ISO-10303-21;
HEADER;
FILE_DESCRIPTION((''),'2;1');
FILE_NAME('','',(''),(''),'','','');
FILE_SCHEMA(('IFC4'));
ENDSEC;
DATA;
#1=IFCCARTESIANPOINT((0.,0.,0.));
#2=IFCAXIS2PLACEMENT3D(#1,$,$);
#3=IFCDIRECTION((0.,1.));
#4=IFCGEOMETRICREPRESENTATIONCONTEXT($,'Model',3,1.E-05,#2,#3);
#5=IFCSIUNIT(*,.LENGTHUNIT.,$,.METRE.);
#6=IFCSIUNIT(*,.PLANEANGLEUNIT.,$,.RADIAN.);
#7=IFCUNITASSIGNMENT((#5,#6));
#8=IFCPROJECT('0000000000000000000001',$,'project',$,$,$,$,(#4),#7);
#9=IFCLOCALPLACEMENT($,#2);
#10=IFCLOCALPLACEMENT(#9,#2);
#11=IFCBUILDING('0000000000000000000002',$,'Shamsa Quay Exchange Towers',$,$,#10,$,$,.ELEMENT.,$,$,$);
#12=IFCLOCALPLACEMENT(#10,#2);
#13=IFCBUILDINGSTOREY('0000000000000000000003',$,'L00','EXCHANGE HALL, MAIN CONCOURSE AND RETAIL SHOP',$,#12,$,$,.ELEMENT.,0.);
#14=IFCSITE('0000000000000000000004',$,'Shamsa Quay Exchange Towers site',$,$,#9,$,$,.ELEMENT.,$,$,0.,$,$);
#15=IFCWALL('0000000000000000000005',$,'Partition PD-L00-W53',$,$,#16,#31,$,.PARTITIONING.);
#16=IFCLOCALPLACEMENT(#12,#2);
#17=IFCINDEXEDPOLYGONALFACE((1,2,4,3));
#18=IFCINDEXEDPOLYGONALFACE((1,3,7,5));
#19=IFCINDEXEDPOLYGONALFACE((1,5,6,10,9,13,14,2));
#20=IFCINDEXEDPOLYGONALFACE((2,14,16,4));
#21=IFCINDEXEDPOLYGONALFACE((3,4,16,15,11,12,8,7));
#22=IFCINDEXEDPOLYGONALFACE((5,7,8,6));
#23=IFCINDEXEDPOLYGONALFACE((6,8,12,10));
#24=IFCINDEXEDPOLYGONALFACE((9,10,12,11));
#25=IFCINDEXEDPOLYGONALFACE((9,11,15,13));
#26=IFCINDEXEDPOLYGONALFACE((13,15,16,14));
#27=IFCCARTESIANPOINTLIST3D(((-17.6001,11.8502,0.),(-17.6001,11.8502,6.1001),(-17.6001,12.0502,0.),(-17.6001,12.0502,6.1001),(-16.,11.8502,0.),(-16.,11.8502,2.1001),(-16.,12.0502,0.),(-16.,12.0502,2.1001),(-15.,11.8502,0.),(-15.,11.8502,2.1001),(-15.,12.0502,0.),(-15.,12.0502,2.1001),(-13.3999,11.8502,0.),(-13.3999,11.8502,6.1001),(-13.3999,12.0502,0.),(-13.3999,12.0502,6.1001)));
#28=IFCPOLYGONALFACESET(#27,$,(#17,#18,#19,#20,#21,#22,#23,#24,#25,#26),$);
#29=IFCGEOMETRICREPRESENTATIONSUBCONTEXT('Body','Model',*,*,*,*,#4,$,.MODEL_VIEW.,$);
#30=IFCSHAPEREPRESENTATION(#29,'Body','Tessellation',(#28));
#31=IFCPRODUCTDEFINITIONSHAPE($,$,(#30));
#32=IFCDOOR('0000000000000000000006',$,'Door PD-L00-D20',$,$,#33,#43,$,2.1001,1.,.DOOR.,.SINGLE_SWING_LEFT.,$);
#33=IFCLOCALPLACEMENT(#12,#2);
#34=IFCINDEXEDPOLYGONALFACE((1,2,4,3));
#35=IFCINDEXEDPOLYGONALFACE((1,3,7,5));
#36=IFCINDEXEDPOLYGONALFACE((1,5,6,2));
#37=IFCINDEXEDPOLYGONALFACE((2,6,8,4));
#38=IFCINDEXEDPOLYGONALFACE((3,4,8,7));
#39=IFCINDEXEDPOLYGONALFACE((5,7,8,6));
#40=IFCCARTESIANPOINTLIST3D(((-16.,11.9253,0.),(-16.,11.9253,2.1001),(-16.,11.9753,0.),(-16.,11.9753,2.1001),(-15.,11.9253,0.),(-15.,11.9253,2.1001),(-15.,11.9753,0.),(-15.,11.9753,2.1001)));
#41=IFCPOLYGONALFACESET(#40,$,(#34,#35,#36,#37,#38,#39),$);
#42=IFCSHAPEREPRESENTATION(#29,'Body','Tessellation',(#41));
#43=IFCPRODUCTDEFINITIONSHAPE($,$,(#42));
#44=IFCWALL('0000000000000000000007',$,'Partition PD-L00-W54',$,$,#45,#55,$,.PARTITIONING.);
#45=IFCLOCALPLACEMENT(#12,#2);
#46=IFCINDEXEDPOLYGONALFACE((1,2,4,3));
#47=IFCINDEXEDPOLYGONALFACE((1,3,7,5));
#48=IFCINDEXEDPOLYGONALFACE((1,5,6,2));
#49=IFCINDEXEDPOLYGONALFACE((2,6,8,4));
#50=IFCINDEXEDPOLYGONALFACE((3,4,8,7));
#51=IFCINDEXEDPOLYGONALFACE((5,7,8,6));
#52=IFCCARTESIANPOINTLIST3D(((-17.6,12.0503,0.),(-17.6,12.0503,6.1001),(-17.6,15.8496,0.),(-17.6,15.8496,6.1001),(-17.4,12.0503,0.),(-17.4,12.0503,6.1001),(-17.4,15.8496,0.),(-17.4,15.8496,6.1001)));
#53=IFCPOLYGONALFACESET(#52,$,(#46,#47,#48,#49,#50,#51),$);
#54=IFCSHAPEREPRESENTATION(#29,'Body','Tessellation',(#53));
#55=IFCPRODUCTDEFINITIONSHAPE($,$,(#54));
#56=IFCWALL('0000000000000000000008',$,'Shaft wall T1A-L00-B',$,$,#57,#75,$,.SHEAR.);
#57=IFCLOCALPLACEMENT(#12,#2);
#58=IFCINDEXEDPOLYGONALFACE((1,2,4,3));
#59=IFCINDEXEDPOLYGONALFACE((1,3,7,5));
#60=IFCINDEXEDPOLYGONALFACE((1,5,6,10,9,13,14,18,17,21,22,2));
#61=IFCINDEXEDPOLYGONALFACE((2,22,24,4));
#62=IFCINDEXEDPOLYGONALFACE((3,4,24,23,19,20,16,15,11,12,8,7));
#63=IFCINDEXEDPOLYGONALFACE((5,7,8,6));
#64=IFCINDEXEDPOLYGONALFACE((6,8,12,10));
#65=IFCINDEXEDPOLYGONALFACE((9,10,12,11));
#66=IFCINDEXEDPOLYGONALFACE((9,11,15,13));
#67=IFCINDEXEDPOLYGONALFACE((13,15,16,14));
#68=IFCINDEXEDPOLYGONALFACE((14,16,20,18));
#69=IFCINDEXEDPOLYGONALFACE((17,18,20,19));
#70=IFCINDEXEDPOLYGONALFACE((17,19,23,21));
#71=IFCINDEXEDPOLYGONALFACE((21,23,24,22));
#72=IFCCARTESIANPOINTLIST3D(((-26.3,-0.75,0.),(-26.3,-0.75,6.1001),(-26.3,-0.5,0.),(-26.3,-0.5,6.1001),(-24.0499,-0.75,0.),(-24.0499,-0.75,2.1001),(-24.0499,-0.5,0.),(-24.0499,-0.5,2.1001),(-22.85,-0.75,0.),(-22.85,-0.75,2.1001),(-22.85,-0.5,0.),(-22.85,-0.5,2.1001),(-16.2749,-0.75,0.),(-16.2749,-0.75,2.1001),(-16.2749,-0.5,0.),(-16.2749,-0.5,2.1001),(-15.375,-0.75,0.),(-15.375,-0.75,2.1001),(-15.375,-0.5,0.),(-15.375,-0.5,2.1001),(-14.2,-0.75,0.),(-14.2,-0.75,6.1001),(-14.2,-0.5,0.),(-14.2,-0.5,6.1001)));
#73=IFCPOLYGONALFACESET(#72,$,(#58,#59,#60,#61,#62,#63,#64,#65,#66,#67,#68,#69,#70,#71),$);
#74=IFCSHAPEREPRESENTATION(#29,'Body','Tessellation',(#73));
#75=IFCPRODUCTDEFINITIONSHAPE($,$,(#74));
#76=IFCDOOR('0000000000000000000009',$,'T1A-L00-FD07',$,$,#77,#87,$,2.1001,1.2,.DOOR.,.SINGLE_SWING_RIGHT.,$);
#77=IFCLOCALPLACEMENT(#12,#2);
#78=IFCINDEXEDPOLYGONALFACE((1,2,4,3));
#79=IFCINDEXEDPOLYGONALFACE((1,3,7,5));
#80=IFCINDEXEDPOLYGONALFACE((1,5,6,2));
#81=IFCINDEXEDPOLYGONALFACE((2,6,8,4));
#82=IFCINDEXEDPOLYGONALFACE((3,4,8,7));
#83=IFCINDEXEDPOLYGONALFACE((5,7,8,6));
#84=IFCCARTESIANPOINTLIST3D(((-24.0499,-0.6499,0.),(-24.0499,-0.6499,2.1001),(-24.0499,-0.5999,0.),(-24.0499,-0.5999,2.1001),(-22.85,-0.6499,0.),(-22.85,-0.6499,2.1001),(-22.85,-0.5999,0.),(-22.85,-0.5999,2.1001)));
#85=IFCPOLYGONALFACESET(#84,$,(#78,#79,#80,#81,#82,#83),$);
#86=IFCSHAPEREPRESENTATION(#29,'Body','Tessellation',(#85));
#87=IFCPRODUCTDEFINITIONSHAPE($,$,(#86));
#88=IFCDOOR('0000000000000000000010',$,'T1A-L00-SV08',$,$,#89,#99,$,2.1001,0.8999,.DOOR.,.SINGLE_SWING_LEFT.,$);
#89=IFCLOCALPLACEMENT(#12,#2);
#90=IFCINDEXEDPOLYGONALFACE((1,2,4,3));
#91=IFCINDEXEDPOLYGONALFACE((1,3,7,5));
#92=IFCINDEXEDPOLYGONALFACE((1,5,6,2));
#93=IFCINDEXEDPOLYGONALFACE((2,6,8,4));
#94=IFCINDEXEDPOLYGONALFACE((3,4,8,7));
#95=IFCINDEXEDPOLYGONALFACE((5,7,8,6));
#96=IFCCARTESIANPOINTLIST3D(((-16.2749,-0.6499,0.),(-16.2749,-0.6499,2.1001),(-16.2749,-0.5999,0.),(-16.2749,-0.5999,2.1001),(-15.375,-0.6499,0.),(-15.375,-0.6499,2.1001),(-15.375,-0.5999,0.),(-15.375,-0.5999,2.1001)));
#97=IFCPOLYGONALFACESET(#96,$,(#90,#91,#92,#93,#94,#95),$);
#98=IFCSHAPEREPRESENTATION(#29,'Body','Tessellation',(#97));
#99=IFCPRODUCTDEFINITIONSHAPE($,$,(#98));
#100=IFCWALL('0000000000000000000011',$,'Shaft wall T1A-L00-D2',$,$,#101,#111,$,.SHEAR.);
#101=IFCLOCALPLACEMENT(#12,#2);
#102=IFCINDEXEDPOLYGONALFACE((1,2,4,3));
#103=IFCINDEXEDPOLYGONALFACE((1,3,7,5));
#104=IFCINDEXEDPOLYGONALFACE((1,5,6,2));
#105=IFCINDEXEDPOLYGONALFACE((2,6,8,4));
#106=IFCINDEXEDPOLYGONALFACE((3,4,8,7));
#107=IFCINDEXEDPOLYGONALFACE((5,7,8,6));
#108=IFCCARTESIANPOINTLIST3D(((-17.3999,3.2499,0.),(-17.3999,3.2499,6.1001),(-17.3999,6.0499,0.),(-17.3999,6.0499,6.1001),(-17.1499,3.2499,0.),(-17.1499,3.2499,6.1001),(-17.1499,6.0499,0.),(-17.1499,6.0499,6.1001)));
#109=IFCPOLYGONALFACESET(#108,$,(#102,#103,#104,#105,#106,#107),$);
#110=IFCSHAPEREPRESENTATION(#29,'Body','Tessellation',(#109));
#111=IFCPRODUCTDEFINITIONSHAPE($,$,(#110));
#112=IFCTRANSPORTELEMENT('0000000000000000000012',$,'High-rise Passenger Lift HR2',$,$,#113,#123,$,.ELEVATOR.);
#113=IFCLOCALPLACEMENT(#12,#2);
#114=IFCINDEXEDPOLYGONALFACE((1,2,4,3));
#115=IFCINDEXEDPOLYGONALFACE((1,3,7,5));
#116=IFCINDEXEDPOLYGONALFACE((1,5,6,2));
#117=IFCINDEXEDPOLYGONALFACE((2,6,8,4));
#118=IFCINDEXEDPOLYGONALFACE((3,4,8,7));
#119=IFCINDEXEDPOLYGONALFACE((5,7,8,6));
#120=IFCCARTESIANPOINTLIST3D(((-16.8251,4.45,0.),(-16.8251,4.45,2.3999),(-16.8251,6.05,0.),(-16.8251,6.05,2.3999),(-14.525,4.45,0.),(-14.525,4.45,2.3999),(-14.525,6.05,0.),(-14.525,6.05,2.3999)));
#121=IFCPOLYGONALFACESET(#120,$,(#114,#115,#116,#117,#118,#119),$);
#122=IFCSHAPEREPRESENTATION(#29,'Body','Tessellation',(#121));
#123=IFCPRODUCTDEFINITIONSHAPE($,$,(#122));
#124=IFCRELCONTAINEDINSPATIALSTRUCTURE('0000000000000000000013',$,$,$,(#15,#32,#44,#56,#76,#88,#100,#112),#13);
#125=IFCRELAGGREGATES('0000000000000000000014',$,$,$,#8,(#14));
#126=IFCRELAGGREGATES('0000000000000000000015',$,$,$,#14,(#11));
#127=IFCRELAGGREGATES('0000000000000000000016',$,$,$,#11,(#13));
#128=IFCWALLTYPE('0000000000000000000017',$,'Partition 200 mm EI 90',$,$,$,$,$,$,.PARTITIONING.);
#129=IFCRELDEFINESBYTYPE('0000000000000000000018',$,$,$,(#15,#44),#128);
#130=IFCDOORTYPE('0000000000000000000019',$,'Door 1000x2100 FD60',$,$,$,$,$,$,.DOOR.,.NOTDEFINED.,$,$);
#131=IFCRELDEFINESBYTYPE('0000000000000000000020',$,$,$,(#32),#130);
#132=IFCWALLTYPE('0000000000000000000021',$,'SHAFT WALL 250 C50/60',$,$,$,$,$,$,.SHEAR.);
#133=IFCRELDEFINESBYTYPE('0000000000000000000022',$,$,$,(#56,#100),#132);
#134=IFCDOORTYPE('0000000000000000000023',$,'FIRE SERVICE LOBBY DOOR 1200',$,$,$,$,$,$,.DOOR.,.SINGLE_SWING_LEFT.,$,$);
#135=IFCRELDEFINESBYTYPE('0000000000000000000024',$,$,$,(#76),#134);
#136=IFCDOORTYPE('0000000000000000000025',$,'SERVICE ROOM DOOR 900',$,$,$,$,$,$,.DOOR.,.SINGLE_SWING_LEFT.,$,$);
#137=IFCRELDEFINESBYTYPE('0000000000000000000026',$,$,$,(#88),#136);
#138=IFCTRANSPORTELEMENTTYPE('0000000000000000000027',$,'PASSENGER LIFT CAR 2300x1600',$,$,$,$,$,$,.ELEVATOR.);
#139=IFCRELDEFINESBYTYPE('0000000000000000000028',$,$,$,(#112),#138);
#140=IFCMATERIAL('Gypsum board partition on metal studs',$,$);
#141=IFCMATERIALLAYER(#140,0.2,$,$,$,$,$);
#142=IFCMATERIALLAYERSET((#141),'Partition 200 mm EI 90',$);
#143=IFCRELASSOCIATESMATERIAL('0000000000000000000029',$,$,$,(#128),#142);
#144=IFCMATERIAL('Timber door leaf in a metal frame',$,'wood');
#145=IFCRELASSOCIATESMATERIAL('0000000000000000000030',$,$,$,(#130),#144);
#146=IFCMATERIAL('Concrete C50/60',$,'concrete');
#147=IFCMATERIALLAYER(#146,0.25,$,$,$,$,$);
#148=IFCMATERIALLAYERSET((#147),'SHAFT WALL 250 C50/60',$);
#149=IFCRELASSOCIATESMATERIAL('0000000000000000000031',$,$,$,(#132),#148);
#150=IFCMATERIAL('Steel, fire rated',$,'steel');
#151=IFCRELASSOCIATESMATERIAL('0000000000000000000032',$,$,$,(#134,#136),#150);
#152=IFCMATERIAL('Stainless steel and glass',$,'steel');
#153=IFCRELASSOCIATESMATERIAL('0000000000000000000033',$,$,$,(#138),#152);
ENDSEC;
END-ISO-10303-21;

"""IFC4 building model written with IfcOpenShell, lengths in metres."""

from ifc_helpers import new_model, si_unit, direction, frame, frame_2d, origin, origin_2d, place, context, subcontext, project, spatial, rectangle, extrude, material, layer, layer_set, type_object, element, fill, save


model = new_model("IFC4")

# Units and contexts
model_context = context("Model", 3, precision=1e-05, world=origin(), true_north=direction((0.0, 1.0)))
body_context = subcontext(model_context, "Body", "Model", "MODEL_VIEW")
ifc_project = project(units=[si_unit("LENGTHUNIT", "METRE"), si_unit("PLANEANGLEUNIT", "RADIAN")], contexts=[model_context])

# Site, building, storey
site_placement = place(None, origin())
site = spatial("IfcSite", under=ifc_project, at=site_placement, Name="Shamsa Quay Exchange Towers site", CompositionType="ELEMENT", RefElevation=0.0)
building_placement = place(site_placement, origin())
building = spatial("IfcBuilding", under=site, at=building_placement, Name="Shamsa Quay Exchange Towers", CompositionType="ELEMENT")
storey_placement = place(building_placement, origin())
storey = spatial("IfcBuildingStorey", under=building, at=storey_placement, Name="L00", Description="EXCHANGE HALL, MAIN CONCOURSE AND RETAIL SHOP", CompositionType="ELEMENT", Elevation=0.0)

# Shared definitions
ifc_material_1 = material(Name="Steel, fire rated", Category="steel")

# Shared definitions
ifc_material_2 = material(Name="Gypsum board partition on metal studs")
ifc_layer_1 = layer(ifc_material_2, 0.2)
ifc_layer_set_1 = layer_set([ifc_layer_1], Name="Partition 200 mm EI 90")
wall_type_1 = type_object("IfcWallType", Name="Partition 200 mm EI 90", PredefinedType="PARTITIONING", material=ifc_layer_set_1)

# Wall, opening, door
wall_1_placement = place(storey_placement, frame((-13.3999, 11.9502, 0.0), z_axis=(0.0, 0.0, 1.0), x_axis=(-1.0, 0.0, 0.0)))
wall_1 = element("IfcWall", 1, at=wall_1_placement, inside=storey, type_object=wall_type_1, Name="Partition PD-L00-W53", PredefinedType="PARTITIONING", context=body_context, shape_type="SweptSolid", body=[
    extrude(rectangle(XDim=4.2002, YDim=0.2, at=frame_2d((2.1001, 0.0))), origin(), (0.0, 0.0, 1.0), 6.1001),
])
opening_1_placement = place(wall_1_placement, frame((1.6001, 0.0, 0.0)))
opening_1 = element("IfcOpeningElement", 2, at=opening_1_placement, cuts=wall_1, PredefinedType="OPENING", context=body_context, shape_type="SweptSolid", body=[
    extrude(rectangle(XDim=1.0, YDim=2.1001, at=frame_2d((0.5, 1.05))), frame((0.0, 0.1099, 0.0), z_axis=(0.0, -1.0, 0.0), x_axis=(1.0, 0.0, 0.0)), (0.0, 0.0, 1.0), 0.22),
])
ifc_material_3 = material(Name="Timber door leaf in a metal frame", Category="wood")
door_type_1 = type_object("IfcDoorType", Name="Door 1000x2100 FD60", OperationType="NOTDEFINED", PredefinedType="DOOR", material=ifc_material_3)
door_1_placement = place(opening_1_placement, origin())
door_1 = element("IfcDoor", 3, at=door_1_placement, inside=storey, type_object=door_type_1, Name="Door PD-L00-D20", OperationType="SINGLE_SWING_LEFT", OverallHeight=2.1001, OverallWidth=1.0, PredefinedType="DOOR", context=body_context, shape_type="SweptSolid", body=[
    extrude(rectangle(XDim=1.0, YDim=2.1001, at=frame_2d((0.5, 1.05))), frame((0.0, 0.0249, 0.0), z_axis=(0.0, -1.0, 0.0), x_axis=(1.0, 0.0, 0.0)), (0.0, 0.0, 1.0), 0.05),
])
fill(opening_1, door_1)

# Wall
wall_2_placement = place(storey_placement, frame((-17.5, 12.0503, 0.0), z_axis=(0.0, 0.0, 1.0), x_axis=(0.0, 1.0, 0.0)))
element("IfcWall", 4, at=wall_2_placement, inside=storey, type_object=wall_type_1, Name="Partition PD-L00-W54", PredefinedType="PARTITIONING", context=body_context, shape_type="SweptSolid", body=[
    extrude(rectangle(XDim=3.7993, YDim=0.2, at=frame_2d((1.8997, 0.0))), origin(), (0.0, 0.0, 1.0), 6.1001),
])

# Wall, openings, doors
ifc_material_4 = material(Name="Concrete C50/60", Category="concrete")
ifc_layer_2 = layer(ifc_material_4, 0.25)
ifc_layer_set_2 = layer_set([ifc_layer_2], Name="SHAFT WALL 250 C50/60")
wall_type_2 = type_object("IfcWallType", Name="SHAFT WALL 250 C50/60", PredefinedType="SHEAR", material=ifc_layer_set_2)
wall_3_placement = place(storey_placement, frame((-14.2, -0.625, 0.0), z_axis=(0.0, 0.0, 1.0), x_axis=(-1.0, 0.0, 0.0)))
wall_3 = element("IfcWall", 5, at=wall_3_placement, inside=storey, type_object=wall_type_2, Name="Shaft wall T1A-L00-B", PredefinedType="SHEAR", context=body_context, shape_type="SweptSolid", body=[
    extrude(rectangle(XDim=12.1001, YDim=0.25, at=frame_2d((6.05, 0.0))), origin(), (0.0, 0.0, 1.0), 6.1001),
])
opening_2_placement = place(wall_3_placement, frame((8.6499, 0.0, 0.0)))
opening_2 = element("IfcOpeningElement", 6, at=opening_2_placement, cuts=wall_3, PredefinedType="OPENING", context=body_context, shape_type="SweptSolid", body=[
    extrude(rectangle(XDim=1.2, YDim=2.1001, at=frame_2d((0.6001, 1.05))), frame((0.0, 0.135, 0.0), z_axis=(0.0, -1.0, 0.0), x_axis=(1.0, 0.0, 0.0)), (0.0, 0.0, 1.0), 0.27),
])
opening_3_placement = place(wall_3_placement, frame((1.175, 0.0, 0.0)))
opening_3 = element("IfcOpeningElement", 7, at=opening_3_placement, cuts=wall_3, PredefinedType="OPENING", context=body_context, shape_type="SweptSolid", body=[
    extrude(rectangle(XDim=0.8999, YDim=2.1001, at=frame_2d((0.45, 1.05))), frame((0.0, 0.135, 0.0), z_axis=(0.0, -1.0, 0.0), x_axis=(1.0, 0.0, 0.0)), (0.0, 0.0, 1.0), 0.27),
])
door_type_2 = type_object("IfcDoorType", Name="FIRE SERVICE LOBBY DOOR 1200", OperationType="SINGLE_SWING_LEFT", PredefinedType="DOOR", material=ifc_material_1)
door_2_placement = place(opening_2_placement, origin())
door_2 = element("IfcDoor", 8, at=door_2_placement, inside=storey, type_object=door_type_2, Name="T1A-L00-FD07", OperationType="SINGLE_SWING_RIGHT", OverallHeight=2.1001, OverallWidth=1.2, PredefinedType="DOOR", context=body_context, shape_type="SweptSolid", body=[
    extrude(rectangle(XDim=1.2, YDim=2.1001, at=frame_2d((0.6001, 1.05))), frame((0.0, 0.0249, 0.0), z_axis=(0.0, -1.0, 0.0), x_axis=(1.0, 0.0, 0.0)), (0.0, 0.0, 1.0), 0.05),
])
fill(opening_2, door_2)
door_type_3 = type_object("IfcDoorType", Name="SERVICE ROOM DOOR 900", OperationType="SINGLE_SWING_LEFT", PredefinedType="DOOR", material=ifc_material_1)
door_3_placement = place(opening_3_placement, origin())
door_3 = element("IfcDoor", 9, at=door_3_placement, inside=storey, type_object=door_type_3, Name="T1A-L00-SV08", OperationType="SINGLE_SWING_LEFT", OverallHeight=2.1001, OverallWidth=0.8999, PredefinedType="DOOR", context=body_context, shape_type="SweptSolid", body=[
    extrude(rectangle(XDim=0.8999, YDim=2.1001, at=frame_2d((0.45, 1.05))), frame((0.0, 0.0249, 0.0), z_axis=(0.0, -1.0, 0.0), x_axis=(1.0, 0.0, 0.0)), (0.0, 0.0, 1.0), 0.05),
])
fill(opening_3, door_3)

# Wall
wall_4_placement = place(storey_placement, frame((-17.2749, 3.25, 0.0), z_axis=(0.0, 0.0, 1.0), x_axis=(0.0, 1.0, 0.0)))
element("IfcWall", 10, at=wall_4_placement, inside=storey, type_object=wall_type_2, Name="Shaft wall T1A-L00-D2", PredefinedType="SHEAR", context=body_context, shape_type="SweptSolid", body=[
    extrude(rectangle(XDim=2.8, YDim=0.25, at=frame_2d((1.3999, 0.0))), origin(), (0.0, 0.0, 1.0), 6.1001),
])

# Transport element
ifc_material_5 = material(Name="Stainless steel and glass", Category="steel")
transport_element_type = type_object("IfcTransportElementType", Name="PASSENGER LIFT CAR 2300x1600", PredefinedType="ELEVATOR", material=ifc_material_5)
transport_element_placement = place(storey_placement, frame((-15.675, 5.25, 0.0)))
element("IfcTransportElement", 11, at=transport_element_placement, inside=storey, type_object=transport_element_type, Name="High-rise Passenger Lift HR2", PredefinedType="ELEVATOR", context=body_context, shape_type="SweptSolid", body=[
    extrude(rectangle(XDim=2.3, YDim=1.6001, at=origin_2d()), origin(), (0.0, 0.0, 1.0), 2.3999),
])

save(model, "model.ifc")
